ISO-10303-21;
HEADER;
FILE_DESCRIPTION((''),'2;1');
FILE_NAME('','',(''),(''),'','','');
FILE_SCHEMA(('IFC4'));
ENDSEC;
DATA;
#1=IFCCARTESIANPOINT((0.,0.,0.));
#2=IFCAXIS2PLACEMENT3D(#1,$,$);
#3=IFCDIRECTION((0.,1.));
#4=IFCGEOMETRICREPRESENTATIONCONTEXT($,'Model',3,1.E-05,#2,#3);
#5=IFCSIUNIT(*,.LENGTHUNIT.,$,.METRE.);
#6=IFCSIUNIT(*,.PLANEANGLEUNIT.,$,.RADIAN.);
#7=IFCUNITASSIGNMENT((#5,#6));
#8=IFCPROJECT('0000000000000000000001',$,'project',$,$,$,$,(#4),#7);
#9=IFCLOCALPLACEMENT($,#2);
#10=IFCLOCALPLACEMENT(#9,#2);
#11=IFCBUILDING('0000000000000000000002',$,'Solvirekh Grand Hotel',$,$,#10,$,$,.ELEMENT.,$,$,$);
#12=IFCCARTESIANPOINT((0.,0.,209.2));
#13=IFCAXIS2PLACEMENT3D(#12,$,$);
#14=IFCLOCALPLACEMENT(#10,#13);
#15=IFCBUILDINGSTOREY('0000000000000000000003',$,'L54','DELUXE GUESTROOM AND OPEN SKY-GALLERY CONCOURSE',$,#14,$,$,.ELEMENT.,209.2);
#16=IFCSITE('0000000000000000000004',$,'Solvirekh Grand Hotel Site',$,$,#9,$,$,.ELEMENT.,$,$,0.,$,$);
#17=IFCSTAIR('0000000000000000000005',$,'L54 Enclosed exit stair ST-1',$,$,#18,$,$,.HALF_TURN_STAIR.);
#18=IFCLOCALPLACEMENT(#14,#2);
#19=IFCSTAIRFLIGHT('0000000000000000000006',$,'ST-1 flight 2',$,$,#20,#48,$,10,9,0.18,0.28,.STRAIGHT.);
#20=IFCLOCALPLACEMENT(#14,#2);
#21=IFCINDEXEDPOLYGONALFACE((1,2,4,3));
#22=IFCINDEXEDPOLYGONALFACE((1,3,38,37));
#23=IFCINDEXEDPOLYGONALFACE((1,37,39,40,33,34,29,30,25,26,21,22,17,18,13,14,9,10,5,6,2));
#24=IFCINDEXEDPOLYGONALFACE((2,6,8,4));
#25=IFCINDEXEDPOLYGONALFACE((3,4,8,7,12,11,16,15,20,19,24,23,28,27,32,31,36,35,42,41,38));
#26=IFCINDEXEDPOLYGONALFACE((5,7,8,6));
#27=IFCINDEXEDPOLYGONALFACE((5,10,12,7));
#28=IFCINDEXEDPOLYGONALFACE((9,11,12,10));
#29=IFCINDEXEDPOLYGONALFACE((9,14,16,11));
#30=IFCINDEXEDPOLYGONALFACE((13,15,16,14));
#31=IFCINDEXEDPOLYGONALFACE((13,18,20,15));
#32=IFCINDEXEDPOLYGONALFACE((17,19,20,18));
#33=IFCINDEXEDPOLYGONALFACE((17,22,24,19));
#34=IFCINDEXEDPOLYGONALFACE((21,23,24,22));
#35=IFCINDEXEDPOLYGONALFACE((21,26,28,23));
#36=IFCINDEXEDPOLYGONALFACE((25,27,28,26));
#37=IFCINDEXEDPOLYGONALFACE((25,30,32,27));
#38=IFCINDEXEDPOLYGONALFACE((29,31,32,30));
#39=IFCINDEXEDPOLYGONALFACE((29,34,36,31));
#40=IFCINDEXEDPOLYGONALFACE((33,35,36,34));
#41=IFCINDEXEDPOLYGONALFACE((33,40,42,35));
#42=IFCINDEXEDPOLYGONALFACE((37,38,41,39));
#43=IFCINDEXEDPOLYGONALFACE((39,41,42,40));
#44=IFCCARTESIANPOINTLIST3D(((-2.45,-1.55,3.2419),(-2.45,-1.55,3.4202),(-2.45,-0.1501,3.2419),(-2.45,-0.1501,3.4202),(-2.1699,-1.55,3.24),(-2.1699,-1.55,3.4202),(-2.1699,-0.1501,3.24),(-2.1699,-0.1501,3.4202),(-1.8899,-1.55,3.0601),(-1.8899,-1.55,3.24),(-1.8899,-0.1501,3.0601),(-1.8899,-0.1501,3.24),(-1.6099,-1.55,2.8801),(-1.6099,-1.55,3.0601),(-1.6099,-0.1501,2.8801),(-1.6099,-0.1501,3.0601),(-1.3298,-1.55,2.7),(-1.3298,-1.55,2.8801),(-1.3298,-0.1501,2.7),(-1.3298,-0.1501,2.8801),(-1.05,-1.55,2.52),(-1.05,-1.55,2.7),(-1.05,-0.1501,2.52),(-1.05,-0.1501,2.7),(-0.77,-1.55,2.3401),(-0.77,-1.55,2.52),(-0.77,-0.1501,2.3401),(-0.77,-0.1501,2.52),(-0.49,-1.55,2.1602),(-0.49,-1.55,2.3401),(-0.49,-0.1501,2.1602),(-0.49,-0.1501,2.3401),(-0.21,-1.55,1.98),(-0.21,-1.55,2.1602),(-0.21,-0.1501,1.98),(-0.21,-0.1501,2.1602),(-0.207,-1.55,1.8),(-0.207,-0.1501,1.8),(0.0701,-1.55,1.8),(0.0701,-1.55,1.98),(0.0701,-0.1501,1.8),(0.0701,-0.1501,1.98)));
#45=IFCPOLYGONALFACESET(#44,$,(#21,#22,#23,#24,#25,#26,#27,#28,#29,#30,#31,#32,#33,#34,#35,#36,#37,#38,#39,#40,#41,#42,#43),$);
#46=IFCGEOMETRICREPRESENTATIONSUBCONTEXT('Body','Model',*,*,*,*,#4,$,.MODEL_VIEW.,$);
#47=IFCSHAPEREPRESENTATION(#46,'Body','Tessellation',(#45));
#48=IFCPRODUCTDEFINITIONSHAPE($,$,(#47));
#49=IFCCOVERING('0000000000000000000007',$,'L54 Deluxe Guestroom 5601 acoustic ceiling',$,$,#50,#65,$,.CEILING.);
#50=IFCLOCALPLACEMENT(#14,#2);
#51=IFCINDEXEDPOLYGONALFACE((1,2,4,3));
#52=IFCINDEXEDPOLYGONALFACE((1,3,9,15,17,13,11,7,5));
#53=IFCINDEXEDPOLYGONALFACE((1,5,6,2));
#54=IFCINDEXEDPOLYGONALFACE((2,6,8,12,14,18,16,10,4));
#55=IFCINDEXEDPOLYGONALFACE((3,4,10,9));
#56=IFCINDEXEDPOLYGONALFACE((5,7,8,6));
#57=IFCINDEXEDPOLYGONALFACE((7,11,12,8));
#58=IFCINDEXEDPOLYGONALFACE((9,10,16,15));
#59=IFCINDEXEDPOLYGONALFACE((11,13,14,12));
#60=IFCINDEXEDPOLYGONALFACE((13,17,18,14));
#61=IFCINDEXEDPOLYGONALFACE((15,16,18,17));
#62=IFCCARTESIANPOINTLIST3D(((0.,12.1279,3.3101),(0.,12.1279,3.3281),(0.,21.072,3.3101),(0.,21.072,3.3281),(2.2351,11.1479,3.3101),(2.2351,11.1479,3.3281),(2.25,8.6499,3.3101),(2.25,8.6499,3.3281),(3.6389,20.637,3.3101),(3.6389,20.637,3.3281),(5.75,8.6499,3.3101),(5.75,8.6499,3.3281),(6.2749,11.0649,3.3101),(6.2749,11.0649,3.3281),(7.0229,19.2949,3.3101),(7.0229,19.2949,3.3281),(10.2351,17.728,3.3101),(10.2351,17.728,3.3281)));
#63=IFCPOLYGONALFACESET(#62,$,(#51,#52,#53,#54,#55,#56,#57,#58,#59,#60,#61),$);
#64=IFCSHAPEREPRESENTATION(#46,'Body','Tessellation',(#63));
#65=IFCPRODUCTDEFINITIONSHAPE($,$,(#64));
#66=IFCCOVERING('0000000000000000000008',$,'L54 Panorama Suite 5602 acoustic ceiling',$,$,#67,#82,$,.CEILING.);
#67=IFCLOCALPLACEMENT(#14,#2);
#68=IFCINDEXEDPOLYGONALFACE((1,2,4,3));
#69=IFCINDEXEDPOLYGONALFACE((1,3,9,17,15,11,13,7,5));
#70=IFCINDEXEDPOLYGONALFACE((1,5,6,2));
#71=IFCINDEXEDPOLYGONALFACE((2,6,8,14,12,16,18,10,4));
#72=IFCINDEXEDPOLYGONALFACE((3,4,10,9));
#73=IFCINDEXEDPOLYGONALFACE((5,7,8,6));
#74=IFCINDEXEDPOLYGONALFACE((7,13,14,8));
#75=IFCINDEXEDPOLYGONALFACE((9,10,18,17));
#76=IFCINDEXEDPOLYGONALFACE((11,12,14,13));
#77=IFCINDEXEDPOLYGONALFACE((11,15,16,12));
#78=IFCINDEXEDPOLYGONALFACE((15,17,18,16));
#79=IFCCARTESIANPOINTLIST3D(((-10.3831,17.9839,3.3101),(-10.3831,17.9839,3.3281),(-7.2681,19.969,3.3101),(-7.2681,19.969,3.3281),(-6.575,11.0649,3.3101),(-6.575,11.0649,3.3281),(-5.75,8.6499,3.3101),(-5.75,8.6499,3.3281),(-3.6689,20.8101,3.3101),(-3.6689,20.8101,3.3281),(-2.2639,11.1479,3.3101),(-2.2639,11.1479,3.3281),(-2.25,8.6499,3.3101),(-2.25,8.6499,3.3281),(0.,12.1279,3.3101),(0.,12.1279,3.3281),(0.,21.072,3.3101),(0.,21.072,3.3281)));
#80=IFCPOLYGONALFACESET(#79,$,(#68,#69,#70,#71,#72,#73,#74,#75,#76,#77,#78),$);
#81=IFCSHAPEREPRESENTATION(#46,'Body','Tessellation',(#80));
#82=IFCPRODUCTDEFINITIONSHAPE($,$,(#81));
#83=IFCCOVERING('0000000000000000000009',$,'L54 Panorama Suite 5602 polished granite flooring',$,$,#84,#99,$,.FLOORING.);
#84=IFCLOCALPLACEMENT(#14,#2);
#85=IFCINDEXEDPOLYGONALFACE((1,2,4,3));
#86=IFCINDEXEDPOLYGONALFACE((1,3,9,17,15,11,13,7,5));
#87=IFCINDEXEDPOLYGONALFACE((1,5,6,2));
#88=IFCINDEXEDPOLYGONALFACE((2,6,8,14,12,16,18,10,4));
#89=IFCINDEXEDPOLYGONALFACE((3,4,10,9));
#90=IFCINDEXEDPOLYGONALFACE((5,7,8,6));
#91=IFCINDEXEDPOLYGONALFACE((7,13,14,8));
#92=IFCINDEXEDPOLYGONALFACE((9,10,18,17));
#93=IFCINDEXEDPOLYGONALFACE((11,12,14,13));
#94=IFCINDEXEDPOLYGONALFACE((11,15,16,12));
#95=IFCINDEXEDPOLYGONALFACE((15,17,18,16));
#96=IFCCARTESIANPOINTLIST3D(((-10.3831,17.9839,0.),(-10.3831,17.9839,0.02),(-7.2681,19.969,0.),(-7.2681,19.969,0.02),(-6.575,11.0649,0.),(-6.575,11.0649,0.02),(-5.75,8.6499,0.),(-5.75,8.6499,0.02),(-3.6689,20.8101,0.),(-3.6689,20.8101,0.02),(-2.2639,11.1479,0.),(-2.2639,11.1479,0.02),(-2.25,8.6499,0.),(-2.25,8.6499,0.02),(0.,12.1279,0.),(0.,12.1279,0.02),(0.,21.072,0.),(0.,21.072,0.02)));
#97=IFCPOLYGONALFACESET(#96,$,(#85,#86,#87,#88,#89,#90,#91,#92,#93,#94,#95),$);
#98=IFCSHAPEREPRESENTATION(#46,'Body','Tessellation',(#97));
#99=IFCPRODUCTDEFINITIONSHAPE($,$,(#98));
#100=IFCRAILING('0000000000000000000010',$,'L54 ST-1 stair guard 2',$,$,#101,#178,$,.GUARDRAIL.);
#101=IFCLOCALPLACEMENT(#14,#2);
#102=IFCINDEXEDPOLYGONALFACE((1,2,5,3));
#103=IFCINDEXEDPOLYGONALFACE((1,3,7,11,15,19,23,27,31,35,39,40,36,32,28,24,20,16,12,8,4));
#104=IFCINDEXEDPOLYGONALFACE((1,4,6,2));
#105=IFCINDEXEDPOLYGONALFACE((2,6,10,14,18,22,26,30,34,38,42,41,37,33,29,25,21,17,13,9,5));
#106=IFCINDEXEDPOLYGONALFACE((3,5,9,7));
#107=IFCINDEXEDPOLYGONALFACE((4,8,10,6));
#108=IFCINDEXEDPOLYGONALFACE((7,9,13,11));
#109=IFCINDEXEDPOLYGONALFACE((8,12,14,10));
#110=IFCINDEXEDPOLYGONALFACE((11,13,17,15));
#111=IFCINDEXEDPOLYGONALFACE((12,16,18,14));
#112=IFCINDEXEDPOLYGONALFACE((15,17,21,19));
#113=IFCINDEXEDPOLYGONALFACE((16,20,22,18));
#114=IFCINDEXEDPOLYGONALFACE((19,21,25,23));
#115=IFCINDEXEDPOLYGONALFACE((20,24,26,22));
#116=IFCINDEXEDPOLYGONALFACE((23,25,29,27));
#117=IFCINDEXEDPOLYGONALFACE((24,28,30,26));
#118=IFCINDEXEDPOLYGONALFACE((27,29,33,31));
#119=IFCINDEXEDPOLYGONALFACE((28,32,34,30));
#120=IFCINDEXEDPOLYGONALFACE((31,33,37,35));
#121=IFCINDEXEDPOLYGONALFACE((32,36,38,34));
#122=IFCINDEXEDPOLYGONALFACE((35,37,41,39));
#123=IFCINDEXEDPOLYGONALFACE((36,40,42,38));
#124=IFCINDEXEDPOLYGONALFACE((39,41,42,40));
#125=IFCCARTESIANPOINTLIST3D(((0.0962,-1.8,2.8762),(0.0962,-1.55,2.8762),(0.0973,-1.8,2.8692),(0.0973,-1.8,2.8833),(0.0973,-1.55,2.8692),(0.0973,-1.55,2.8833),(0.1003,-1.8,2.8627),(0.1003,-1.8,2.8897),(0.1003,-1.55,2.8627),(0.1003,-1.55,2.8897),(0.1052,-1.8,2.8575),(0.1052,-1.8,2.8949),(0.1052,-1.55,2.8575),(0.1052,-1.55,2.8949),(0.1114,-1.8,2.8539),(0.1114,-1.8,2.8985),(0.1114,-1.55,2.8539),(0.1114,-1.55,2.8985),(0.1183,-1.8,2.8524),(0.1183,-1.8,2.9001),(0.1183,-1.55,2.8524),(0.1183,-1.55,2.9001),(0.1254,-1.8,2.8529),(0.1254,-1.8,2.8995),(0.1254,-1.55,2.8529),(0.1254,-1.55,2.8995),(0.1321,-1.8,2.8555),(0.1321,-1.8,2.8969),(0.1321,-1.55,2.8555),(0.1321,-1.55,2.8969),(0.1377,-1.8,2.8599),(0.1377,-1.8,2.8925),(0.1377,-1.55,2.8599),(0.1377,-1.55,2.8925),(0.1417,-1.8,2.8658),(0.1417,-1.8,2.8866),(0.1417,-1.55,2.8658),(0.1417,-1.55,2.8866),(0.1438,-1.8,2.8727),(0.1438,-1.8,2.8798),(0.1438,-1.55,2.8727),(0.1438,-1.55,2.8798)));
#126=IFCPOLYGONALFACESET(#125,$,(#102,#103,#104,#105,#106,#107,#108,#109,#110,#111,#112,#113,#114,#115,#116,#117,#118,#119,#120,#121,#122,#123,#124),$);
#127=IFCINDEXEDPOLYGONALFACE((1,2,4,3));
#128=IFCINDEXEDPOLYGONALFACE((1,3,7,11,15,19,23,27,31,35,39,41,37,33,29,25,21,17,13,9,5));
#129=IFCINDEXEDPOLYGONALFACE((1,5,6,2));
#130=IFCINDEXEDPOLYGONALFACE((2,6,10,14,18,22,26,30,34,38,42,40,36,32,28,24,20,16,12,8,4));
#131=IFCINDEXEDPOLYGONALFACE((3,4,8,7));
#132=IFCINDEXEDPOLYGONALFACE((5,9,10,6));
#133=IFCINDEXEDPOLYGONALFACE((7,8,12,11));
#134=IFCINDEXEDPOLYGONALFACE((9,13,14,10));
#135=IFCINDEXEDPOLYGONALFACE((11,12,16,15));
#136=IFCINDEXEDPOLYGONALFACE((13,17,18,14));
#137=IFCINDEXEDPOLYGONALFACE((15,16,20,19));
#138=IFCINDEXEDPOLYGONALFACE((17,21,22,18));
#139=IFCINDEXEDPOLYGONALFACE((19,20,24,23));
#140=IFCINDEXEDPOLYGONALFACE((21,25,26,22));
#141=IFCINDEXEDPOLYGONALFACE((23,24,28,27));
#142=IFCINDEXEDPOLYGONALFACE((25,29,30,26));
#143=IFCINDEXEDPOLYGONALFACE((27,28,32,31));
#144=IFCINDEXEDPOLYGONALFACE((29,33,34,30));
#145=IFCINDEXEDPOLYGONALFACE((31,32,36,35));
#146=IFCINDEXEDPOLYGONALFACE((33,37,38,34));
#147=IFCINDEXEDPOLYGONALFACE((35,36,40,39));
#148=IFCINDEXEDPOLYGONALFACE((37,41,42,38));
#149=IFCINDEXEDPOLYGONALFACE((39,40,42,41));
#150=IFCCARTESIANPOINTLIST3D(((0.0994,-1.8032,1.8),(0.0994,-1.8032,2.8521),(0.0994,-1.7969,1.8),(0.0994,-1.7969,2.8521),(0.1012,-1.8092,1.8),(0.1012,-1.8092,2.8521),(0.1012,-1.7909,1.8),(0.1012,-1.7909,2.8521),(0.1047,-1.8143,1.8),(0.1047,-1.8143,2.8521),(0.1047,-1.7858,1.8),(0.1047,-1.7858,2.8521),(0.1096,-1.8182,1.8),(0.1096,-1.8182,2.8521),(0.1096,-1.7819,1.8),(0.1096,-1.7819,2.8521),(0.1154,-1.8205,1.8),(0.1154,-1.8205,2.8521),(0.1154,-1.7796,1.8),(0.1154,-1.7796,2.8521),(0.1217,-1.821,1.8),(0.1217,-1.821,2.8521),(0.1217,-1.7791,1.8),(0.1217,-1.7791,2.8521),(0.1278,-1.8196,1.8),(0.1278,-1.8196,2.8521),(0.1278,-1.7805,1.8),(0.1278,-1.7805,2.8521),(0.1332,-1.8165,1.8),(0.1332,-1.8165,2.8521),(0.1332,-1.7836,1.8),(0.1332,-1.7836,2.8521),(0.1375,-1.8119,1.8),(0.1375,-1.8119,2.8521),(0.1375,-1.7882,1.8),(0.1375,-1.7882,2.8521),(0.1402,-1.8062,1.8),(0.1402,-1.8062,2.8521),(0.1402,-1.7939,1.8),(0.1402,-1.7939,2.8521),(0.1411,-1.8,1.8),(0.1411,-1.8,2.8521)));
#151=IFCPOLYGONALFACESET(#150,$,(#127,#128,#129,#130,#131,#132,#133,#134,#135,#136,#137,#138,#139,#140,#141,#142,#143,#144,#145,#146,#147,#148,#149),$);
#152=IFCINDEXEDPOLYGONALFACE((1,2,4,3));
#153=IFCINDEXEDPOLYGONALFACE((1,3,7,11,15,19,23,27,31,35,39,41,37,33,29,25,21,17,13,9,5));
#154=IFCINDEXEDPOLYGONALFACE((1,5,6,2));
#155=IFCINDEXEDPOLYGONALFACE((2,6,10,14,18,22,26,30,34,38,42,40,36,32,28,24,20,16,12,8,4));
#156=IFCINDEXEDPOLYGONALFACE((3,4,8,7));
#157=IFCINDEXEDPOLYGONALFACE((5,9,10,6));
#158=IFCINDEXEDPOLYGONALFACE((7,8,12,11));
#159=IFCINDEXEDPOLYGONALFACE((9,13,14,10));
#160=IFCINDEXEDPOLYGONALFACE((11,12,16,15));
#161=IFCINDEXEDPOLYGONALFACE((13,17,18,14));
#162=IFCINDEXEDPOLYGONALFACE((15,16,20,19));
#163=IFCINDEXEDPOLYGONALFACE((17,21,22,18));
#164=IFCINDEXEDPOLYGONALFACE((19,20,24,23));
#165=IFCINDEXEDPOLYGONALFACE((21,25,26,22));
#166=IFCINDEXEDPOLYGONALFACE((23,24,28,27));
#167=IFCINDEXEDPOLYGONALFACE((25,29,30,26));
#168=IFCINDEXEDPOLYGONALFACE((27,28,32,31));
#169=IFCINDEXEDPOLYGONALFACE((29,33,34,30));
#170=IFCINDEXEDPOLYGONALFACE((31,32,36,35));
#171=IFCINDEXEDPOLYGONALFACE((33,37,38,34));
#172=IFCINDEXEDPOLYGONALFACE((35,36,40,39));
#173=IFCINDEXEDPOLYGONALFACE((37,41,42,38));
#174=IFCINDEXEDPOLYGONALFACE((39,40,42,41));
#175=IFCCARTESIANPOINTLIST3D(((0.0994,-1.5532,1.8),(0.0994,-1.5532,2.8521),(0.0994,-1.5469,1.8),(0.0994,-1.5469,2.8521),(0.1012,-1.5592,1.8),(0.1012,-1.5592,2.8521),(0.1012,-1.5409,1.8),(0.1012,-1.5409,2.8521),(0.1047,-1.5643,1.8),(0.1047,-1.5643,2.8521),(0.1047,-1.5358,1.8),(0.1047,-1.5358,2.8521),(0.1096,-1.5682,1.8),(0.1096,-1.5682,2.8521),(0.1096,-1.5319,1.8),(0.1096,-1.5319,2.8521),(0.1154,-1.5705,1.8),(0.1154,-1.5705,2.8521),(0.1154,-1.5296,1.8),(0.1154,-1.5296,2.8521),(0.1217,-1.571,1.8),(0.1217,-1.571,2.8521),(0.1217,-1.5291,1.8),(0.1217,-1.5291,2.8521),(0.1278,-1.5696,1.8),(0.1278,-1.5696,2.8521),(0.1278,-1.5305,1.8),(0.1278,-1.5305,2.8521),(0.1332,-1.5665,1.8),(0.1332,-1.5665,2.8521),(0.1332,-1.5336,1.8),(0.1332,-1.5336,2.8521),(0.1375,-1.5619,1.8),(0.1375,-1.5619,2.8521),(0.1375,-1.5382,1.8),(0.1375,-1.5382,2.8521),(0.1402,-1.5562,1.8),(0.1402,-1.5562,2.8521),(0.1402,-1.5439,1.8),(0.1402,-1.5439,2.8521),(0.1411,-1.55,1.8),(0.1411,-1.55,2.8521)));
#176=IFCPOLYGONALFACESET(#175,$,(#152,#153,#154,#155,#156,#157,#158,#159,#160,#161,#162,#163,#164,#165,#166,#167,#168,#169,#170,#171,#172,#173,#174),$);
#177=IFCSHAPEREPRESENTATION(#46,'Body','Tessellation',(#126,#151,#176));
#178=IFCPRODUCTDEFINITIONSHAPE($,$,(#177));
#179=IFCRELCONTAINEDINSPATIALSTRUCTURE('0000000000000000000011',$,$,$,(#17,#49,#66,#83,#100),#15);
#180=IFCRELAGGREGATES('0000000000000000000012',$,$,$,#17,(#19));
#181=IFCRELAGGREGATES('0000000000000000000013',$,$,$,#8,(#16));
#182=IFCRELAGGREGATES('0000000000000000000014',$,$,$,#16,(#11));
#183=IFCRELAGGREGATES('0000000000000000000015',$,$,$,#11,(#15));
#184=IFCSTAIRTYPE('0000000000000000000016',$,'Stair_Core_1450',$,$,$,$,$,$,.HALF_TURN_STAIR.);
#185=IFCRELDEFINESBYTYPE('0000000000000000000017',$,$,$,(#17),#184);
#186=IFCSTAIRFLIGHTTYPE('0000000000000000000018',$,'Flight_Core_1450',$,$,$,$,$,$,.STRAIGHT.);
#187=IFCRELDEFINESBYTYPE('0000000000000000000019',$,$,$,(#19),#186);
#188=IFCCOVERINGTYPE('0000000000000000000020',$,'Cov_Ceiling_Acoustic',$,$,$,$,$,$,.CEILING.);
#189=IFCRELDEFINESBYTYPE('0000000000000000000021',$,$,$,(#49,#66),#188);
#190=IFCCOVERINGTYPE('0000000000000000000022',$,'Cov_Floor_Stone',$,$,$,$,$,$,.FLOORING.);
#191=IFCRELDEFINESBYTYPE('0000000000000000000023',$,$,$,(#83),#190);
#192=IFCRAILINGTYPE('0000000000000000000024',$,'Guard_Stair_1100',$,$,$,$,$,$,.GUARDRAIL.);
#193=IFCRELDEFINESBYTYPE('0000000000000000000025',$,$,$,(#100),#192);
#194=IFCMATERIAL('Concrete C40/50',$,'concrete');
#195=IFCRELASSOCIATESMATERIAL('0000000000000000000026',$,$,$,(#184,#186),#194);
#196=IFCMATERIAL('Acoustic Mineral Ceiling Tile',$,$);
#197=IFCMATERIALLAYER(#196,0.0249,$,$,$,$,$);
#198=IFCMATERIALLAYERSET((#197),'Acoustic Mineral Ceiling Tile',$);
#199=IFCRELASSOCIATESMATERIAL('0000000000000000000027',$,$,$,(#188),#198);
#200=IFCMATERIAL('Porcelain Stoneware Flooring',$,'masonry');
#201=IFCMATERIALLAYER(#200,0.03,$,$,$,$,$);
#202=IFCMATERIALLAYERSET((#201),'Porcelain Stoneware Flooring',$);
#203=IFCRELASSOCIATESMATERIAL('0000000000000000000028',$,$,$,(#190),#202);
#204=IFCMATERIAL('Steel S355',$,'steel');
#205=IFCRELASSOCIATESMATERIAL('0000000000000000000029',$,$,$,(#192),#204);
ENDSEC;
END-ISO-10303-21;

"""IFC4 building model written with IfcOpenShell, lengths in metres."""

from ifc_helpers import new_model, si_unit, direction, frame, origin, origin_2d, place, context, subcontext, project, spatial, polyline, circle, outline, extrude, material, layer, layer_set, type_object, element, aggregate, save


model = new_model("IFC4")

# Units and contexts
model_context = context("Model", 3, precision=1e-05, world=origin(), true_north=direction((0.0, 1.0)))
body_context = subcontext(model_context, "Body", "Model", "MODEL_VIEW")
ifc_project = project(units=[si_unit("LENGTHUNIT", "METRE"), si_unit("PLANEANGLEUNIT", "RADIAN")], contexts=[model_context])

# Site, building, storey
site_placement = place(None, origin())
site = spatial("IfcSite", under=ifc_project, at=site_placement, Name="Solvirekh Grand Hotel Site", CompositionType="ELEMENT", RefElevation=0.0)
building_placement = place(site_placement, origin())
building = spatial("IfcBuilding", under=site, at=building_placement, Name="Solvirekh Grand Hotel", CompositionType="ELEMENT")
storey_placement = place(building_placement, frame((0.0, 0.0, 209.2)))
storey = spatial("IfcBuildingStorey", under=building, at=storey_placement, Name="L54", Description="DELUXE GUESTROOM AND OPEN SKY-GALLERY CONCOURSE", CompositionType="ELEMENT", Elevation=209.2)

# Shared definitions
ifc_material_1 = material(Name="Concrete C40/50", Category="concrete")

# Stair, stair flight
stair_type = type_object("IfcStairType", Name="Stair_Core_1450", PredefinedType="HALF_TURN_STAIR", material=ifc_material_1)
stair_placement = place(storey_placement, origin())
stair = element("IfcStair", 1, at=stair_placement, inside=storey, type_object=stair_type, Name="L54 Enclosed exit stair ST-1", PredefinedType="HALF_TURN_STAIR")
stair_flight_type = type_object("IfcStairFlightType", Name="Flight_Core_1450", PredefinedType="STRAIGHT", material=ifc_material_1)
stair_flight_placement = place(storey_placement, frame((0.0701, -0.8501, 1.8), z_axis=(0.0, 0.0, 1.0), x_axis=(-1.0, 0.0, 0.0)))
stair_flight = element("IfcStairFlight", 2, at=stair_flight_placement, type_object=stair_flight_type, Name="ST-1 flight 2", NumberOfRisers=10, NumberOfTreads=9, PredefinedType="STRAIGHT", RiserHeight=0.18, TreadLength=0.28, context=body_context, shape_type="SweptSolid", body=[
    extrude(outline(polyline([(0.0, 0.0), (0.0, 0.1799), (0.28, 0.1799), (0.28, 0.3601), (0.5601, 0.3601), (0.5601, 0.54), (0.8401, 0.54), (0.8401, 0.72), (1.1201, 0.72), (1.1201, 0.8999), (1.3999, 0.8999), (1.3999, 1.0801), (1.6799, 1.0801), (1.6799, 1.26), (1.96, 1.26), (1.96, 1.4399), (2.24, 1.4399), (2.24, 1.6201), (2.52, 1.6201), (2.52, 1.8), (2.52, 1.4419), (0.2771, 0.0), (0.0, 0.0)])), frame((0.0, 0.7, 0.0), z_axis=(0.0, -1.0, 0.0), x_axis=(1.0, 0.0, 0.0)), (0.0, 0.0, 1.0), 1.3999),
])
aggregate(stair, [stair_flight])

# Coverings
ifc_material_2 = material(Name="Acoustic Mineral Ceiling Tile")
ifc_layer_1 = layer(ifc_material_2, 0.0249)
ifc_layer_set_1 = layer_set([ifc_layer_1], Name="Acoustic Mineral Ceiling Tile")
covering_type_1 = type_object("IfcCoveringType", Name="Cov_Ceiling_Acoustic", PredefinedType="CEILING", material=ifc_layer_set_1)
covering_1_placement = place(storey_placement, frame((0.0, 0.0, 3.3101)))
element("IfcCovering", 3, at=covering_1_placement, inside=storey, type_object=covering_type_1, Name="L54 Deluxe Guestroom 5601 acoustic ceiling", PredefinedType="CEILING", context=body_context, shape_type="SweptSolid", body=[
    extrude(outline(polyline([(0.0, 12.1279), (2.2351, 11.1479), (2.25, 8.6499), (5.75, 8.6499), (6.2749, 11.0649), (10.2351, 17.728), (7.0229, 19.2949), (3.6389, 20.637), (0.0, 21.072), (0.0, 12.1279)])), origin(), (0.0, 0.0, 1.0), 0.0181),
])
covering_2_placement = place(storey_placement, frame((0.0, 0.0, 3.3101)))
element("IfcCovering", 4, at=covering_2_placement, inside=storey, type_object=covering_type_1, Name="L54 Panorama Suite 5602 acoustic ceiling", PredefinedType="CEILING", context=body_context, shape_type="SweptSolid", body=[
    extrude(outline(polyline([(-2.25, 8.6499), (-2.2639, 11.1479), (0.0, 12.1279), (0.0, 21.072), (-3.6689, 20.8101), (-7.2681, 19.969), (-10.3831, 17.9839), (-6.575, 11.0649), (-5.75, 8.6499), (-2.25, 8.6499)])), origin(), (0.0, 0.0, 1.0), 0.0181),
])
ifc_material_3 = material(Name="Porcelain Stoneware Flooring", Category="masonry")
ifc_layer_2 = layer(ifc_material_3, 0.03)
ifc_layer_set_2 = layer_set([ifc_layer_2], Name="Porcelain Stoneware Flooring")
covering_type_2 = type_object("IfcCoveringType", Name="Cov_Floor_Stone", PredefinedType="FLOORING", material=ifc_layer_set_2)
covering_3_placement = place(storey_placement, origin())
element("IfcCovering", 5, at=covering_3_placement, inside=storey, type_object=covering_type_2, Name="L54 Panorama Suite 5602 polished granite flooring", PredefinedType="FLOORING", context=body_context, shape_type="SweptSolid", body=[
    extrude(outline(polyline([(-2.25, 8.6499), (-2.2639, 11.1479), (0.0, 12.1279), (0.0, 21.072), (-3.6689, 20.8101), (-7.2681, 19.969), (-10.3831, 17.9839), (-6.575, 11.0649), (-5.75, 8.6499), (-2.25, 8.6499)])), origin(), (0.0, 0.0, 1.0), 0.02),
])

# Railing
ifc_material_4 = material(Name="Steel S355", Category="steel")
railing_type_1 = type_object("IfcRailingType", Name="Guard_Stair_1100", PredefinedType="GUARDRAIL", material=ifc_material_4)
railing_1_placement = place(storey_placement, frame((0.1201, -1.8, 1.8)))
element("IfcRailing", 6, at=railing_1_placement, inside=storey, type_object=railing_type_1, Name="L54 ST-1 stair guard 2", PredefinedType="GUARDRAIL", context=body_context, shape_type="SweptSolid", body=[
    extrude(circle(Radius=0.0239, at=origin_2d()), frame((0.0, 0.0, 1.0762), z_axis=(0.0, 1.0, 0.0), x_axis=(-1.0, 0.0, 0.0)), (0.0, 0.0, 1.0), 0.25),
    extrude(circle(Radius=0.021, at=origin_2d()), origin(), (0.0, 0.0, 1.0), 1.052),
    extrude(circle(Radius=0.021, at=origin_2d()), frame((0.0, 0.25, 0.0)), (0.0, 0.0, 1.0), 1.052),
])

save(model, "model.ifc")
